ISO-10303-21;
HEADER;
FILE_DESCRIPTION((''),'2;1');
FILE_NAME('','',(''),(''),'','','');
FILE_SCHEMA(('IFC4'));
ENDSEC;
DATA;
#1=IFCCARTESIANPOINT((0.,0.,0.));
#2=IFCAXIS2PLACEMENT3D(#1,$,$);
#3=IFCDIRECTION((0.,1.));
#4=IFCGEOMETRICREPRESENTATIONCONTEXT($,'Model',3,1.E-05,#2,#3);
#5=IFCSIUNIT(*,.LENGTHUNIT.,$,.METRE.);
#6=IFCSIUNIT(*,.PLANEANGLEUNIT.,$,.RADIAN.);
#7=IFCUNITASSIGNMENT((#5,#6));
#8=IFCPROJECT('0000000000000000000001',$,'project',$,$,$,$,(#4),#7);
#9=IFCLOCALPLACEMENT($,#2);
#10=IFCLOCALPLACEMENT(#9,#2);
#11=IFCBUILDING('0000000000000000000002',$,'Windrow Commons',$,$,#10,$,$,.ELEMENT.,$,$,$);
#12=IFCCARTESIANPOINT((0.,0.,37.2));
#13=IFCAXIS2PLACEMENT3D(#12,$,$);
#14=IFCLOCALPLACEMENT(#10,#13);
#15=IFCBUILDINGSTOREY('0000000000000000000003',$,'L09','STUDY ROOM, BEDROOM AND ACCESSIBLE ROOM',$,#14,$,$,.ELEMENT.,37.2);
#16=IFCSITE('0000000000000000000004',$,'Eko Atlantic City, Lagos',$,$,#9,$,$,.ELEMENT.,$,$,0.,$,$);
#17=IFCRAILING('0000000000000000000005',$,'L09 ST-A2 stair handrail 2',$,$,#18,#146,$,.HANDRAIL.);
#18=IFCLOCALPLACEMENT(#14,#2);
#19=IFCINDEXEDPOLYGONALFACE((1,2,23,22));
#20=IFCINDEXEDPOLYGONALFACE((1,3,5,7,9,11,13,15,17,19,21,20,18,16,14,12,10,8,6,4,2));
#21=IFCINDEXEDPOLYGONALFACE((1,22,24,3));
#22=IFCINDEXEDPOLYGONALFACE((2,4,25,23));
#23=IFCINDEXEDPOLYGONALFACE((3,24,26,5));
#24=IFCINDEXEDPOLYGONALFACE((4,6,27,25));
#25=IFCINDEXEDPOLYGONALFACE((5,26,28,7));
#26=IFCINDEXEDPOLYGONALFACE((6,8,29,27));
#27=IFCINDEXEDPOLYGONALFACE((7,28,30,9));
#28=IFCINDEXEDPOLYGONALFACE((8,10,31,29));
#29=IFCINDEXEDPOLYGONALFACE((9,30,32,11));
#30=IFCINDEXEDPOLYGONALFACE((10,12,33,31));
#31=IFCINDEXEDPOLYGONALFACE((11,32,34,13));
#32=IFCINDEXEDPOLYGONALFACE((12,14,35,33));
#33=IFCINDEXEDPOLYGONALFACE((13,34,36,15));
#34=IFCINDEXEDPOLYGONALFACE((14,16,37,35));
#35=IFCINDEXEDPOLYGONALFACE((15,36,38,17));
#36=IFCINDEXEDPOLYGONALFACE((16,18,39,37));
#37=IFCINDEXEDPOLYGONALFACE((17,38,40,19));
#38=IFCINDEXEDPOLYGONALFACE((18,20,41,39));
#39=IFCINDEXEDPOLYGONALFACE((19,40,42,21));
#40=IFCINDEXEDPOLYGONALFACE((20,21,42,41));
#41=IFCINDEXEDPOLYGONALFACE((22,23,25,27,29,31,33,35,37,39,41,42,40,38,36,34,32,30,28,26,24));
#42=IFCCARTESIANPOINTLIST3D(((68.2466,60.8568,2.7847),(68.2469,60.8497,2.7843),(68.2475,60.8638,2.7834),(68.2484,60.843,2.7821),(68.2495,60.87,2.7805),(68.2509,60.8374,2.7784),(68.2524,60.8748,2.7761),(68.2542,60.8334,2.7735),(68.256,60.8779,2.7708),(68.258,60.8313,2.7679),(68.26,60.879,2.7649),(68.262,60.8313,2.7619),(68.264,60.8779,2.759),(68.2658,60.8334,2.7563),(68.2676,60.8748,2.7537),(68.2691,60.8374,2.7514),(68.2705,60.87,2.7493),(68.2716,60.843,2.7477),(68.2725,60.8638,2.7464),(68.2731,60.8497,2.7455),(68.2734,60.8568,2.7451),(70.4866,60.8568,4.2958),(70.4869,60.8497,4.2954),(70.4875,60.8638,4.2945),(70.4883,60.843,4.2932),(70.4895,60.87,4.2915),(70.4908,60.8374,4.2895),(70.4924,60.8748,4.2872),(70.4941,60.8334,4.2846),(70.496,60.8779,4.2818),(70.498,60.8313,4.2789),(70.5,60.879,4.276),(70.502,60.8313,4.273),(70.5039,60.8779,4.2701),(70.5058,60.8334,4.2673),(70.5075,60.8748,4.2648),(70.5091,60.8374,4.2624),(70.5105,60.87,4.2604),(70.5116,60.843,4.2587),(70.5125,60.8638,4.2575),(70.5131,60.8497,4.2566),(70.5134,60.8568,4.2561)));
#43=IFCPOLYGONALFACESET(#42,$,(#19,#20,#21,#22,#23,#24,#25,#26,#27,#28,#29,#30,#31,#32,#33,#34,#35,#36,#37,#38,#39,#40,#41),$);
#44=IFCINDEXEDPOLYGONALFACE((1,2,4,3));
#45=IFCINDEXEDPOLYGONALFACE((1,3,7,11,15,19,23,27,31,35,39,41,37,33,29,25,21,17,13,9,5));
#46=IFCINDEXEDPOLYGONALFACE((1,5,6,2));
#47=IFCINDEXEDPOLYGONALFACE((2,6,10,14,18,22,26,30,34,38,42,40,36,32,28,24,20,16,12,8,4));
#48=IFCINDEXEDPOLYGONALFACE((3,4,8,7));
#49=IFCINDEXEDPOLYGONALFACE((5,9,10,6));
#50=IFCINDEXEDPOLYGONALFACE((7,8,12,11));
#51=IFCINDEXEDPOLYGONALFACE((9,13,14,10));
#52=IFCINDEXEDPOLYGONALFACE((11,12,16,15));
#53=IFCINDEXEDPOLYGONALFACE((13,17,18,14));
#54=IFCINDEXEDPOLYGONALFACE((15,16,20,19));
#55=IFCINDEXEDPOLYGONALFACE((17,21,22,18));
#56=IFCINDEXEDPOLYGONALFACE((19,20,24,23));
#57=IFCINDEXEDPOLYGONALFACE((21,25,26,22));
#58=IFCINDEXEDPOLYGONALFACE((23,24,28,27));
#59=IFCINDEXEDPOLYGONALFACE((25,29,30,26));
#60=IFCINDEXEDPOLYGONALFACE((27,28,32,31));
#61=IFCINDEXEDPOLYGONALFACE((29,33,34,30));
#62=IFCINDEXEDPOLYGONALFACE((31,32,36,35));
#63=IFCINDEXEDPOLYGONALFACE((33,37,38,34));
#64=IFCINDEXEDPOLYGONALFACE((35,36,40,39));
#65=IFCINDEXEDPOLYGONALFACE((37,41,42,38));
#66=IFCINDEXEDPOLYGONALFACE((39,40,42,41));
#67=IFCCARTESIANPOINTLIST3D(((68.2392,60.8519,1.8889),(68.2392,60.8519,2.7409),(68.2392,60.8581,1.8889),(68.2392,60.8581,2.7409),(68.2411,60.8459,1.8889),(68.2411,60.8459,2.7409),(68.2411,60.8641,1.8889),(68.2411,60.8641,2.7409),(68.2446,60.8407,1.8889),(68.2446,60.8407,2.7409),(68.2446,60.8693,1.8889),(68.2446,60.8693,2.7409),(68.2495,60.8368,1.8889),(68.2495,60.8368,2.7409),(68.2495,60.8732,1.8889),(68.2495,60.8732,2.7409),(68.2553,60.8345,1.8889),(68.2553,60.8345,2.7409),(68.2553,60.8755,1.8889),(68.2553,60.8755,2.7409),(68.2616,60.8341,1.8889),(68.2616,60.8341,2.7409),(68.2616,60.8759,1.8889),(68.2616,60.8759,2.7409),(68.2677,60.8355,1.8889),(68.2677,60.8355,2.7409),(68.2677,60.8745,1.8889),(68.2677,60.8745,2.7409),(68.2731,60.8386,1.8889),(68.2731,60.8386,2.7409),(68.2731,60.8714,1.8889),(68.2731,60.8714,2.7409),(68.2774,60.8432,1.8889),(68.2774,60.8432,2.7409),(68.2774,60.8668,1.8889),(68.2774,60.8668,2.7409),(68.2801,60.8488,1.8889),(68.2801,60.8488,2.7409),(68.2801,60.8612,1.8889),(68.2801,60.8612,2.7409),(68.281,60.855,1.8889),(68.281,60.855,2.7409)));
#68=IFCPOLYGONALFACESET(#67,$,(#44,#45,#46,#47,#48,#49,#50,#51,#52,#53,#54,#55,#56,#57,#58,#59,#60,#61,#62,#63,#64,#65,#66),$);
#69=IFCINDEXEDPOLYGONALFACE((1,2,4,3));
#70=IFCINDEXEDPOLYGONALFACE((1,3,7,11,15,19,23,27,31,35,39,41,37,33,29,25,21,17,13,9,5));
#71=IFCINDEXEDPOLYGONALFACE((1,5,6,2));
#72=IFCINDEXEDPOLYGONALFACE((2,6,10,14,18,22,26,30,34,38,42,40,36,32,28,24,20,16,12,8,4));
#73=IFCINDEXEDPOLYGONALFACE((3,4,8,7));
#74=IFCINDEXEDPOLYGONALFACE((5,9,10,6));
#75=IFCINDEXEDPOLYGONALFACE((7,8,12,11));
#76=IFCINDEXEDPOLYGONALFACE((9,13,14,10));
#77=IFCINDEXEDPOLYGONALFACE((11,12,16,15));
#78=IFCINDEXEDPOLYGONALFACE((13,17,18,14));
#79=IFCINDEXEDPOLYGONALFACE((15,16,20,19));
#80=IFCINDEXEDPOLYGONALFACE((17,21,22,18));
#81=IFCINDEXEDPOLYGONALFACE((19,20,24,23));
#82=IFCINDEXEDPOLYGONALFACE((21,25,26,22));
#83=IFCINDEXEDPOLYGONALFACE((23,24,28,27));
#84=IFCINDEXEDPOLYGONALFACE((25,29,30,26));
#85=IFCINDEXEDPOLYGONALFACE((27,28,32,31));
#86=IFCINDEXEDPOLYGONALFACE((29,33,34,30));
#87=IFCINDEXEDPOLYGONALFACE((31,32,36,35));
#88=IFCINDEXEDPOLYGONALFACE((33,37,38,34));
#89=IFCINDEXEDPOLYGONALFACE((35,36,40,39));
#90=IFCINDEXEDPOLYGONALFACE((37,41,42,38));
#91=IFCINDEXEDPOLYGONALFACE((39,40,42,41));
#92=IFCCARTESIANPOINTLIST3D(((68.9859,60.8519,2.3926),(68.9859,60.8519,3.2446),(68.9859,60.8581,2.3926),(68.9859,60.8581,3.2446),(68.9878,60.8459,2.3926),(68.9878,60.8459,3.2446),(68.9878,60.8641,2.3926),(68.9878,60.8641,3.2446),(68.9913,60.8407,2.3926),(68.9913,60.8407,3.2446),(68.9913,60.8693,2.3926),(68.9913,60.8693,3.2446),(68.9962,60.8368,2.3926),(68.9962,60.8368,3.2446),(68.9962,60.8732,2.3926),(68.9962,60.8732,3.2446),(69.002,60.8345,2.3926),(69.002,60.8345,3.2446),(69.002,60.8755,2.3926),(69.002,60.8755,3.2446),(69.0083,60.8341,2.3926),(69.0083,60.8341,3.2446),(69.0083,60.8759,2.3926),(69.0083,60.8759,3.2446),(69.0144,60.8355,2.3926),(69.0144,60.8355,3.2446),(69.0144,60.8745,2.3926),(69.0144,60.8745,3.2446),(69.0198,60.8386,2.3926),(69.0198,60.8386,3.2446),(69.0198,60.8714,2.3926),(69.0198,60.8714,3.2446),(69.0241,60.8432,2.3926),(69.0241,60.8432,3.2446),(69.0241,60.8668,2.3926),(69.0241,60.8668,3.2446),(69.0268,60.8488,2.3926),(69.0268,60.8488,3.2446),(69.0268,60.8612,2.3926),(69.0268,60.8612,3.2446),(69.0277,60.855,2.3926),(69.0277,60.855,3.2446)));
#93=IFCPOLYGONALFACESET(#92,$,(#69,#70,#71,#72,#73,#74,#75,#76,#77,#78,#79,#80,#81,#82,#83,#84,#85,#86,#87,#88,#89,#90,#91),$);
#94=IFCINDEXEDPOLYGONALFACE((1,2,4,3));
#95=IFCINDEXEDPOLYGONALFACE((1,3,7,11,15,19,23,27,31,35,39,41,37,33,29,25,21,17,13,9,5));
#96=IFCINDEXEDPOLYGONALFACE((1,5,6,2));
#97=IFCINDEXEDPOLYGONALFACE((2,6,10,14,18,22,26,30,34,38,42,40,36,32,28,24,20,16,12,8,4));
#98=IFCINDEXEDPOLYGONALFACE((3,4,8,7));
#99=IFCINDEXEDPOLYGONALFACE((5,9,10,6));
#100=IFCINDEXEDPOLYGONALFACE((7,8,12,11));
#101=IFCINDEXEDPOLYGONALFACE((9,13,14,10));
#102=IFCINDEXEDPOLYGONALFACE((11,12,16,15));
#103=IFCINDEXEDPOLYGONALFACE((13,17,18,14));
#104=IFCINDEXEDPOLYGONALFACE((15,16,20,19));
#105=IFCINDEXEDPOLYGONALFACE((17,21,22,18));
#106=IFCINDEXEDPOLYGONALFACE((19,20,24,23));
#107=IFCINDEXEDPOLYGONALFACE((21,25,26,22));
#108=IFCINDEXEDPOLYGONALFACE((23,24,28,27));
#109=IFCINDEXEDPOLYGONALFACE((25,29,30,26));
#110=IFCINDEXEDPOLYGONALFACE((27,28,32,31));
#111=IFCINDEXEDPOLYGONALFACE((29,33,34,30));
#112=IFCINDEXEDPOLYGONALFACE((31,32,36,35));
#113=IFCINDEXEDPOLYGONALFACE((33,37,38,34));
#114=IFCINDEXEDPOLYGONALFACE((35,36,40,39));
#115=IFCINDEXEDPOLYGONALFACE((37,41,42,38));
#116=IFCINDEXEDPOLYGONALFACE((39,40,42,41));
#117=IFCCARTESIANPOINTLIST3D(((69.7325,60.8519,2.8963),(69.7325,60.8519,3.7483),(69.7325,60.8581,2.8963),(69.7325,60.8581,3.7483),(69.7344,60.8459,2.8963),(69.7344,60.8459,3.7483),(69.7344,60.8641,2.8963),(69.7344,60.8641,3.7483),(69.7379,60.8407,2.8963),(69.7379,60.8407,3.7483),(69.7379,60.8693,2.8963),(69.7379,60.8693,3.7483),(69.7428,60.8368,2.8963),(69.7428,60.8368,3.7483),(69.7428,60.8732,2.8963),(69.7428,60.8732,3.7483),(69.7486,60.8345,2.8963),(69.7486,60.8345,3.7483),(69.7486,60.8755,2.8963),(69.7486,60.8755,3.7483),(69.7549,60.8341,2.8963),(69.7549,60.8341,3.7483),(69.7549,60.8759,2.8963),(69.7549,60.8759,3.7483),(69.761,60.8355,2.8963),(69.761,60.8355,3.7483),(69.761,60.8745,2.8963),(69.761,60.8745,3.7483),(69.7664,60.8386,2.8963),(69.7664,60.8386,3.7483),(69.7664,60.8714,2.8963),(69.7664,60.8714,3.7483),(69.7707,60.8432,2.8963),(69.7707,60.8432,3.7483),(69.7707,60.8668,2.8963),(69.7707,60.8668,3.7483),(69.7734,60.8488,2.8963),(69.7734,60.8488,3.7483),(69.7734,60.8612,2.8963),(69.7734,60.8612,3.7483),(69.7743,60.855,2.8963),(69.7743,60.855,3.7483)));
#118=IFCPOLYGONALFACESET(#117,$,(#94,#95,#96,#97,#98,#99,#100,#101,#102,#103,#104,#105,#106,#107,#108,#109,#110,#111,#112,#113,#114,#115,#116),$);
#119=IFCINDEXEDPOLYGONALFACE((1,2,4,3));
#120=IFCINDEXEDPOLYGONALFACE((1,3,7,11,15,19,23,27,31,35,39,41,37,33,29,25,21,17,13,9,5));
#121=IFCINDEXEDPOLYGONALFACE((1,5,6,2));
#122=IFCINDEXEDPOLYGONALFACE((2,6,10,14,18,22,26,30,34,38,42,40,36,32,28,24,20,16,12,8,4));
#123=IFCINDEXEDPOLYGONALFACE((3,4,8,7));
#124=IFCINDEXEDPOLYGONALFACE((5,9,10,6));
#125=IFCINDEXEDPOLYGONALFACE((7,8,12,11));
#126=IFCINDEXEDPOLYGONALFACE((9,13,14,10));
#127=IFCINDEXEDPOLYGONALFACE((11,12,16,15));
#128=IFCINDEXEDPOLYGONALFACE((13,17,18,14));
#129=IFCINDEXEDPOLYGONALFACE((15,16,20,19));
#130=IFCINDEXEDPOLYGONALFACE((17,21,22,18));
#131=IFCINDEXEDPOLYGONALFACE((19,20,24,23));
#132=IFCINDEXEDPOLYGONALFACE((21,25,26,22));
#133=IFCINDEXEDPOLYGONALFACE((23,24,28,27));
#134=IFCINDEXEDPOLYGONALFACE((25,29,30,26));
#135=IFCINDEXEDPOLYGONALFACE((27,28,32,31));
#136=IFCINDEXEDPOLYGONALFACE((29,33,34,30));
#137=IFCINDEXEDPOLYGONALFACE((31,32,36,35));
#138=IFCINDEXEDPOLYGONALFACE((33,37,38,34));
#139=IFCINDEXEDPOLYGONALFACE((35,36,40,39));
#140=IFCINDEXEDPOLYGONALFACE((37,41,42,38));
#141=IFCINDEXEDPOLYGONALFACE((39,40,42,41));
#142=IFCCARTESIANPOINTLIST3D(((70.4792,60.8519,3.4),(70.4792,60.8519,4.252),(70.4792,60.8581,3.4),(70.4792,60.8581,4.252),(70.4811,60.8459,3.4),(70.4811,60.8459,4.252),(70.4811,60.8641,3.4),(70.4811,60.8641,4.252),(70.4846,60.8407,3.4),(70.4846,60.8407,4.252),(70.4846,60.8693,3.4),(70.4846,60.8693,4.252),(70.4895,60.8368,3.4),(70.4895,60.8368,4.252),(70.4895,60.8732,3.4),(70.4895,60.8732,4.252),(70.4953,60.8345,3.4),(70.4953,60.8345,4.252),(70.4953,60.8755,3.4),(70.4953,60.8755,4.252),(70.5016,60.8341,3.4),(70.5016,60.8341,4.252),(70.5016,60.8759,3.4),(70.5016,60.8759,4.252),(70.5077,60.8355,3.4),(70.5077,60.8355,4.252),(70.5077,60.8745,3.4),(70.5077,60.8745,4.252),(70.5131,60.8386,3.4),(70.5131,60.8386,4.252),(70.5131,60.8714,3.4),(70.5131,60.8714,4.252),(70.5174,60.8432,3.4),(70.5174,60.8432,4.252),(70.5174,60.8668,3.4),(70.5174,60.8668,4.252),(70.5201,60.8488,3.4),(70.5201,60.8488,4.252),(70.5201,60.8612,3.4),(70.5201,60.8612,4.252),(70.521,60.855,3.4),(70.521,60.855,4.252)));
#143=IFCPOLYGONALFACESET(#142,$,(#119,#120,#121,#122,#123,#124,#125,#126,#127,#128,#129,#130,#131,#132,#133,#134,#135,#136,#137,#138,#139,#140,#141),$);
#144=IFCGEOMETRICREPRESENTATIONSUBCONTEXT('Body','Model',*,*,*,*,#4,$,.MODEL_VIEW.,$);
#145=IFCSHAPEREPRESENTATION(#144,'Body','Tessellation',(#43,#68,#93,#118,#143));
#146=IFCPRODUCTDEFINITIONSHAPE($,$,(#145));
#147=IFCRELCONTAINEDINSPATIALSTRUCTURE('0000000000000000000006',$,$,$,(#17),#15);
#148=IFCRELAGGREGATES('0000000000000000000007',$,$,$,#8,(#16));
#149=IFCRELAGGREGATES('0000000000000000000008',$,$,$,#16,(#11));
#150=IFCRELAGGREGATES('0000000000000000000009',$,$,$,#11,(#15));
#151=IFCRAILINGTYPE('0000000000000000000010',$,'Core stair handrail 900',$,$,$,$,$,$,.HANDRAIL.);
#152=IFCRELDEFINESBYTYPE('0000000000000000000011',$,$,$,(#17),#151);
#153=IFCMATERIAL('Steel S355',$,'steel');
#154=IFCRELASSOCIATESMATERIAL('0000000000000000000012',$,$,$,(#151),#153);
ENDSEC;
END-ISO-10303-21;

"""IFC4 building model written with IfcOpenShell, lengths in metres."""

from ifc_helpers import new_model, si_unit, direction, frame, origin, origin_2d, place, context, subcontext, project, spatial, circle, extrude, material, type_object, element, save


model = new_model("IFC4")

# Units and contexts
model_context = context("Model", 3, precision=1e-05, world=origin(), true_north=direction((0.0, 1.0)))
body_context = subcontext(model_context, "Body", "Model", "MODEL_VIEW")
ifc_project = project(units=[si_unit("LENGTHUNIT", "METRE"), si_unit("PLANEANGLEUNIT", "RADIAN")], contexts=[model_context])

# Site, building, storey
site_placement = place(None, origin())
site = spatial("IfcSite", under=ifc_project, at=site_placement, Name="Eko Atlantic City, Lagos", CompositionType="ELEMENT", RefElevation=0.0)
building_placement = place(site_placement, origin())
building = spatial("IfcBuilding", under=site, at=building_placement, Name="Windrow Commons", CompositionType="ELEMENT")
storey_placement = place(building_placement, frame((0.0, 0.0, 37.2)))
storey = spatial("IfcBuildingStorey", under=building, at=storey_placement, Name="L09", Description="STUDY ROOM, BEDROOM AND ACCESSIBLE ROOM", CompositionType="ELEMENT", Elevation=37.2)

# Railing
ifc_material_1 = material(Name="Steel S355", Category="steel")
railing_type_1 = type_object("IfcRailingType", Name="Core stair handrail 900", PredefinedType="HANDRAIL", material=ifc_material_1)
railing_1_placement = place(storey_placement, frame((68.26, 60.855, 1.8889)))
element("IfcRailing", 1, at=railing_1_placement, inside=storey, type_object=railing_type_1, Name="L09 ST-A2 stair handrail 2", PredefinedType="HANDRAIL", context=body_context, shape_type="SweptSolid", body=[
    extrude(circle(Radius=0.024, at=origin_2d()), frame((0.0, 0.0, 0.876), z_axis=(0.829003, 0.0, 0.559244), x_axis=(0.0, 1.0, 0.0)), (0.0, 0.0, 1.0), 2.702),
    extrude(circle(Radius=0.021, at=origin_2d()), origin(), (0.0, 0.0, 1.0), 0.852),
    extrude(circle(Radius=0.021, at=origin_2d()), frame((0.7467, 0.0, 0.5037)), (0.0, 0.0, 1.0), 0.852),
    extrude(circle(Radius=0.021, at=origin_2d()), frame((1.4933, 0.0, 1.0074)), (0.0, 0.0, 1.0), 0.852),
    extrude(circle(Radius=0.021, at=origin_2d()), frame((2.24, 0.0, 1.5111)), (0.0, 0.0, 1.0), 0.852),
])

save(model, "model.ifc")
